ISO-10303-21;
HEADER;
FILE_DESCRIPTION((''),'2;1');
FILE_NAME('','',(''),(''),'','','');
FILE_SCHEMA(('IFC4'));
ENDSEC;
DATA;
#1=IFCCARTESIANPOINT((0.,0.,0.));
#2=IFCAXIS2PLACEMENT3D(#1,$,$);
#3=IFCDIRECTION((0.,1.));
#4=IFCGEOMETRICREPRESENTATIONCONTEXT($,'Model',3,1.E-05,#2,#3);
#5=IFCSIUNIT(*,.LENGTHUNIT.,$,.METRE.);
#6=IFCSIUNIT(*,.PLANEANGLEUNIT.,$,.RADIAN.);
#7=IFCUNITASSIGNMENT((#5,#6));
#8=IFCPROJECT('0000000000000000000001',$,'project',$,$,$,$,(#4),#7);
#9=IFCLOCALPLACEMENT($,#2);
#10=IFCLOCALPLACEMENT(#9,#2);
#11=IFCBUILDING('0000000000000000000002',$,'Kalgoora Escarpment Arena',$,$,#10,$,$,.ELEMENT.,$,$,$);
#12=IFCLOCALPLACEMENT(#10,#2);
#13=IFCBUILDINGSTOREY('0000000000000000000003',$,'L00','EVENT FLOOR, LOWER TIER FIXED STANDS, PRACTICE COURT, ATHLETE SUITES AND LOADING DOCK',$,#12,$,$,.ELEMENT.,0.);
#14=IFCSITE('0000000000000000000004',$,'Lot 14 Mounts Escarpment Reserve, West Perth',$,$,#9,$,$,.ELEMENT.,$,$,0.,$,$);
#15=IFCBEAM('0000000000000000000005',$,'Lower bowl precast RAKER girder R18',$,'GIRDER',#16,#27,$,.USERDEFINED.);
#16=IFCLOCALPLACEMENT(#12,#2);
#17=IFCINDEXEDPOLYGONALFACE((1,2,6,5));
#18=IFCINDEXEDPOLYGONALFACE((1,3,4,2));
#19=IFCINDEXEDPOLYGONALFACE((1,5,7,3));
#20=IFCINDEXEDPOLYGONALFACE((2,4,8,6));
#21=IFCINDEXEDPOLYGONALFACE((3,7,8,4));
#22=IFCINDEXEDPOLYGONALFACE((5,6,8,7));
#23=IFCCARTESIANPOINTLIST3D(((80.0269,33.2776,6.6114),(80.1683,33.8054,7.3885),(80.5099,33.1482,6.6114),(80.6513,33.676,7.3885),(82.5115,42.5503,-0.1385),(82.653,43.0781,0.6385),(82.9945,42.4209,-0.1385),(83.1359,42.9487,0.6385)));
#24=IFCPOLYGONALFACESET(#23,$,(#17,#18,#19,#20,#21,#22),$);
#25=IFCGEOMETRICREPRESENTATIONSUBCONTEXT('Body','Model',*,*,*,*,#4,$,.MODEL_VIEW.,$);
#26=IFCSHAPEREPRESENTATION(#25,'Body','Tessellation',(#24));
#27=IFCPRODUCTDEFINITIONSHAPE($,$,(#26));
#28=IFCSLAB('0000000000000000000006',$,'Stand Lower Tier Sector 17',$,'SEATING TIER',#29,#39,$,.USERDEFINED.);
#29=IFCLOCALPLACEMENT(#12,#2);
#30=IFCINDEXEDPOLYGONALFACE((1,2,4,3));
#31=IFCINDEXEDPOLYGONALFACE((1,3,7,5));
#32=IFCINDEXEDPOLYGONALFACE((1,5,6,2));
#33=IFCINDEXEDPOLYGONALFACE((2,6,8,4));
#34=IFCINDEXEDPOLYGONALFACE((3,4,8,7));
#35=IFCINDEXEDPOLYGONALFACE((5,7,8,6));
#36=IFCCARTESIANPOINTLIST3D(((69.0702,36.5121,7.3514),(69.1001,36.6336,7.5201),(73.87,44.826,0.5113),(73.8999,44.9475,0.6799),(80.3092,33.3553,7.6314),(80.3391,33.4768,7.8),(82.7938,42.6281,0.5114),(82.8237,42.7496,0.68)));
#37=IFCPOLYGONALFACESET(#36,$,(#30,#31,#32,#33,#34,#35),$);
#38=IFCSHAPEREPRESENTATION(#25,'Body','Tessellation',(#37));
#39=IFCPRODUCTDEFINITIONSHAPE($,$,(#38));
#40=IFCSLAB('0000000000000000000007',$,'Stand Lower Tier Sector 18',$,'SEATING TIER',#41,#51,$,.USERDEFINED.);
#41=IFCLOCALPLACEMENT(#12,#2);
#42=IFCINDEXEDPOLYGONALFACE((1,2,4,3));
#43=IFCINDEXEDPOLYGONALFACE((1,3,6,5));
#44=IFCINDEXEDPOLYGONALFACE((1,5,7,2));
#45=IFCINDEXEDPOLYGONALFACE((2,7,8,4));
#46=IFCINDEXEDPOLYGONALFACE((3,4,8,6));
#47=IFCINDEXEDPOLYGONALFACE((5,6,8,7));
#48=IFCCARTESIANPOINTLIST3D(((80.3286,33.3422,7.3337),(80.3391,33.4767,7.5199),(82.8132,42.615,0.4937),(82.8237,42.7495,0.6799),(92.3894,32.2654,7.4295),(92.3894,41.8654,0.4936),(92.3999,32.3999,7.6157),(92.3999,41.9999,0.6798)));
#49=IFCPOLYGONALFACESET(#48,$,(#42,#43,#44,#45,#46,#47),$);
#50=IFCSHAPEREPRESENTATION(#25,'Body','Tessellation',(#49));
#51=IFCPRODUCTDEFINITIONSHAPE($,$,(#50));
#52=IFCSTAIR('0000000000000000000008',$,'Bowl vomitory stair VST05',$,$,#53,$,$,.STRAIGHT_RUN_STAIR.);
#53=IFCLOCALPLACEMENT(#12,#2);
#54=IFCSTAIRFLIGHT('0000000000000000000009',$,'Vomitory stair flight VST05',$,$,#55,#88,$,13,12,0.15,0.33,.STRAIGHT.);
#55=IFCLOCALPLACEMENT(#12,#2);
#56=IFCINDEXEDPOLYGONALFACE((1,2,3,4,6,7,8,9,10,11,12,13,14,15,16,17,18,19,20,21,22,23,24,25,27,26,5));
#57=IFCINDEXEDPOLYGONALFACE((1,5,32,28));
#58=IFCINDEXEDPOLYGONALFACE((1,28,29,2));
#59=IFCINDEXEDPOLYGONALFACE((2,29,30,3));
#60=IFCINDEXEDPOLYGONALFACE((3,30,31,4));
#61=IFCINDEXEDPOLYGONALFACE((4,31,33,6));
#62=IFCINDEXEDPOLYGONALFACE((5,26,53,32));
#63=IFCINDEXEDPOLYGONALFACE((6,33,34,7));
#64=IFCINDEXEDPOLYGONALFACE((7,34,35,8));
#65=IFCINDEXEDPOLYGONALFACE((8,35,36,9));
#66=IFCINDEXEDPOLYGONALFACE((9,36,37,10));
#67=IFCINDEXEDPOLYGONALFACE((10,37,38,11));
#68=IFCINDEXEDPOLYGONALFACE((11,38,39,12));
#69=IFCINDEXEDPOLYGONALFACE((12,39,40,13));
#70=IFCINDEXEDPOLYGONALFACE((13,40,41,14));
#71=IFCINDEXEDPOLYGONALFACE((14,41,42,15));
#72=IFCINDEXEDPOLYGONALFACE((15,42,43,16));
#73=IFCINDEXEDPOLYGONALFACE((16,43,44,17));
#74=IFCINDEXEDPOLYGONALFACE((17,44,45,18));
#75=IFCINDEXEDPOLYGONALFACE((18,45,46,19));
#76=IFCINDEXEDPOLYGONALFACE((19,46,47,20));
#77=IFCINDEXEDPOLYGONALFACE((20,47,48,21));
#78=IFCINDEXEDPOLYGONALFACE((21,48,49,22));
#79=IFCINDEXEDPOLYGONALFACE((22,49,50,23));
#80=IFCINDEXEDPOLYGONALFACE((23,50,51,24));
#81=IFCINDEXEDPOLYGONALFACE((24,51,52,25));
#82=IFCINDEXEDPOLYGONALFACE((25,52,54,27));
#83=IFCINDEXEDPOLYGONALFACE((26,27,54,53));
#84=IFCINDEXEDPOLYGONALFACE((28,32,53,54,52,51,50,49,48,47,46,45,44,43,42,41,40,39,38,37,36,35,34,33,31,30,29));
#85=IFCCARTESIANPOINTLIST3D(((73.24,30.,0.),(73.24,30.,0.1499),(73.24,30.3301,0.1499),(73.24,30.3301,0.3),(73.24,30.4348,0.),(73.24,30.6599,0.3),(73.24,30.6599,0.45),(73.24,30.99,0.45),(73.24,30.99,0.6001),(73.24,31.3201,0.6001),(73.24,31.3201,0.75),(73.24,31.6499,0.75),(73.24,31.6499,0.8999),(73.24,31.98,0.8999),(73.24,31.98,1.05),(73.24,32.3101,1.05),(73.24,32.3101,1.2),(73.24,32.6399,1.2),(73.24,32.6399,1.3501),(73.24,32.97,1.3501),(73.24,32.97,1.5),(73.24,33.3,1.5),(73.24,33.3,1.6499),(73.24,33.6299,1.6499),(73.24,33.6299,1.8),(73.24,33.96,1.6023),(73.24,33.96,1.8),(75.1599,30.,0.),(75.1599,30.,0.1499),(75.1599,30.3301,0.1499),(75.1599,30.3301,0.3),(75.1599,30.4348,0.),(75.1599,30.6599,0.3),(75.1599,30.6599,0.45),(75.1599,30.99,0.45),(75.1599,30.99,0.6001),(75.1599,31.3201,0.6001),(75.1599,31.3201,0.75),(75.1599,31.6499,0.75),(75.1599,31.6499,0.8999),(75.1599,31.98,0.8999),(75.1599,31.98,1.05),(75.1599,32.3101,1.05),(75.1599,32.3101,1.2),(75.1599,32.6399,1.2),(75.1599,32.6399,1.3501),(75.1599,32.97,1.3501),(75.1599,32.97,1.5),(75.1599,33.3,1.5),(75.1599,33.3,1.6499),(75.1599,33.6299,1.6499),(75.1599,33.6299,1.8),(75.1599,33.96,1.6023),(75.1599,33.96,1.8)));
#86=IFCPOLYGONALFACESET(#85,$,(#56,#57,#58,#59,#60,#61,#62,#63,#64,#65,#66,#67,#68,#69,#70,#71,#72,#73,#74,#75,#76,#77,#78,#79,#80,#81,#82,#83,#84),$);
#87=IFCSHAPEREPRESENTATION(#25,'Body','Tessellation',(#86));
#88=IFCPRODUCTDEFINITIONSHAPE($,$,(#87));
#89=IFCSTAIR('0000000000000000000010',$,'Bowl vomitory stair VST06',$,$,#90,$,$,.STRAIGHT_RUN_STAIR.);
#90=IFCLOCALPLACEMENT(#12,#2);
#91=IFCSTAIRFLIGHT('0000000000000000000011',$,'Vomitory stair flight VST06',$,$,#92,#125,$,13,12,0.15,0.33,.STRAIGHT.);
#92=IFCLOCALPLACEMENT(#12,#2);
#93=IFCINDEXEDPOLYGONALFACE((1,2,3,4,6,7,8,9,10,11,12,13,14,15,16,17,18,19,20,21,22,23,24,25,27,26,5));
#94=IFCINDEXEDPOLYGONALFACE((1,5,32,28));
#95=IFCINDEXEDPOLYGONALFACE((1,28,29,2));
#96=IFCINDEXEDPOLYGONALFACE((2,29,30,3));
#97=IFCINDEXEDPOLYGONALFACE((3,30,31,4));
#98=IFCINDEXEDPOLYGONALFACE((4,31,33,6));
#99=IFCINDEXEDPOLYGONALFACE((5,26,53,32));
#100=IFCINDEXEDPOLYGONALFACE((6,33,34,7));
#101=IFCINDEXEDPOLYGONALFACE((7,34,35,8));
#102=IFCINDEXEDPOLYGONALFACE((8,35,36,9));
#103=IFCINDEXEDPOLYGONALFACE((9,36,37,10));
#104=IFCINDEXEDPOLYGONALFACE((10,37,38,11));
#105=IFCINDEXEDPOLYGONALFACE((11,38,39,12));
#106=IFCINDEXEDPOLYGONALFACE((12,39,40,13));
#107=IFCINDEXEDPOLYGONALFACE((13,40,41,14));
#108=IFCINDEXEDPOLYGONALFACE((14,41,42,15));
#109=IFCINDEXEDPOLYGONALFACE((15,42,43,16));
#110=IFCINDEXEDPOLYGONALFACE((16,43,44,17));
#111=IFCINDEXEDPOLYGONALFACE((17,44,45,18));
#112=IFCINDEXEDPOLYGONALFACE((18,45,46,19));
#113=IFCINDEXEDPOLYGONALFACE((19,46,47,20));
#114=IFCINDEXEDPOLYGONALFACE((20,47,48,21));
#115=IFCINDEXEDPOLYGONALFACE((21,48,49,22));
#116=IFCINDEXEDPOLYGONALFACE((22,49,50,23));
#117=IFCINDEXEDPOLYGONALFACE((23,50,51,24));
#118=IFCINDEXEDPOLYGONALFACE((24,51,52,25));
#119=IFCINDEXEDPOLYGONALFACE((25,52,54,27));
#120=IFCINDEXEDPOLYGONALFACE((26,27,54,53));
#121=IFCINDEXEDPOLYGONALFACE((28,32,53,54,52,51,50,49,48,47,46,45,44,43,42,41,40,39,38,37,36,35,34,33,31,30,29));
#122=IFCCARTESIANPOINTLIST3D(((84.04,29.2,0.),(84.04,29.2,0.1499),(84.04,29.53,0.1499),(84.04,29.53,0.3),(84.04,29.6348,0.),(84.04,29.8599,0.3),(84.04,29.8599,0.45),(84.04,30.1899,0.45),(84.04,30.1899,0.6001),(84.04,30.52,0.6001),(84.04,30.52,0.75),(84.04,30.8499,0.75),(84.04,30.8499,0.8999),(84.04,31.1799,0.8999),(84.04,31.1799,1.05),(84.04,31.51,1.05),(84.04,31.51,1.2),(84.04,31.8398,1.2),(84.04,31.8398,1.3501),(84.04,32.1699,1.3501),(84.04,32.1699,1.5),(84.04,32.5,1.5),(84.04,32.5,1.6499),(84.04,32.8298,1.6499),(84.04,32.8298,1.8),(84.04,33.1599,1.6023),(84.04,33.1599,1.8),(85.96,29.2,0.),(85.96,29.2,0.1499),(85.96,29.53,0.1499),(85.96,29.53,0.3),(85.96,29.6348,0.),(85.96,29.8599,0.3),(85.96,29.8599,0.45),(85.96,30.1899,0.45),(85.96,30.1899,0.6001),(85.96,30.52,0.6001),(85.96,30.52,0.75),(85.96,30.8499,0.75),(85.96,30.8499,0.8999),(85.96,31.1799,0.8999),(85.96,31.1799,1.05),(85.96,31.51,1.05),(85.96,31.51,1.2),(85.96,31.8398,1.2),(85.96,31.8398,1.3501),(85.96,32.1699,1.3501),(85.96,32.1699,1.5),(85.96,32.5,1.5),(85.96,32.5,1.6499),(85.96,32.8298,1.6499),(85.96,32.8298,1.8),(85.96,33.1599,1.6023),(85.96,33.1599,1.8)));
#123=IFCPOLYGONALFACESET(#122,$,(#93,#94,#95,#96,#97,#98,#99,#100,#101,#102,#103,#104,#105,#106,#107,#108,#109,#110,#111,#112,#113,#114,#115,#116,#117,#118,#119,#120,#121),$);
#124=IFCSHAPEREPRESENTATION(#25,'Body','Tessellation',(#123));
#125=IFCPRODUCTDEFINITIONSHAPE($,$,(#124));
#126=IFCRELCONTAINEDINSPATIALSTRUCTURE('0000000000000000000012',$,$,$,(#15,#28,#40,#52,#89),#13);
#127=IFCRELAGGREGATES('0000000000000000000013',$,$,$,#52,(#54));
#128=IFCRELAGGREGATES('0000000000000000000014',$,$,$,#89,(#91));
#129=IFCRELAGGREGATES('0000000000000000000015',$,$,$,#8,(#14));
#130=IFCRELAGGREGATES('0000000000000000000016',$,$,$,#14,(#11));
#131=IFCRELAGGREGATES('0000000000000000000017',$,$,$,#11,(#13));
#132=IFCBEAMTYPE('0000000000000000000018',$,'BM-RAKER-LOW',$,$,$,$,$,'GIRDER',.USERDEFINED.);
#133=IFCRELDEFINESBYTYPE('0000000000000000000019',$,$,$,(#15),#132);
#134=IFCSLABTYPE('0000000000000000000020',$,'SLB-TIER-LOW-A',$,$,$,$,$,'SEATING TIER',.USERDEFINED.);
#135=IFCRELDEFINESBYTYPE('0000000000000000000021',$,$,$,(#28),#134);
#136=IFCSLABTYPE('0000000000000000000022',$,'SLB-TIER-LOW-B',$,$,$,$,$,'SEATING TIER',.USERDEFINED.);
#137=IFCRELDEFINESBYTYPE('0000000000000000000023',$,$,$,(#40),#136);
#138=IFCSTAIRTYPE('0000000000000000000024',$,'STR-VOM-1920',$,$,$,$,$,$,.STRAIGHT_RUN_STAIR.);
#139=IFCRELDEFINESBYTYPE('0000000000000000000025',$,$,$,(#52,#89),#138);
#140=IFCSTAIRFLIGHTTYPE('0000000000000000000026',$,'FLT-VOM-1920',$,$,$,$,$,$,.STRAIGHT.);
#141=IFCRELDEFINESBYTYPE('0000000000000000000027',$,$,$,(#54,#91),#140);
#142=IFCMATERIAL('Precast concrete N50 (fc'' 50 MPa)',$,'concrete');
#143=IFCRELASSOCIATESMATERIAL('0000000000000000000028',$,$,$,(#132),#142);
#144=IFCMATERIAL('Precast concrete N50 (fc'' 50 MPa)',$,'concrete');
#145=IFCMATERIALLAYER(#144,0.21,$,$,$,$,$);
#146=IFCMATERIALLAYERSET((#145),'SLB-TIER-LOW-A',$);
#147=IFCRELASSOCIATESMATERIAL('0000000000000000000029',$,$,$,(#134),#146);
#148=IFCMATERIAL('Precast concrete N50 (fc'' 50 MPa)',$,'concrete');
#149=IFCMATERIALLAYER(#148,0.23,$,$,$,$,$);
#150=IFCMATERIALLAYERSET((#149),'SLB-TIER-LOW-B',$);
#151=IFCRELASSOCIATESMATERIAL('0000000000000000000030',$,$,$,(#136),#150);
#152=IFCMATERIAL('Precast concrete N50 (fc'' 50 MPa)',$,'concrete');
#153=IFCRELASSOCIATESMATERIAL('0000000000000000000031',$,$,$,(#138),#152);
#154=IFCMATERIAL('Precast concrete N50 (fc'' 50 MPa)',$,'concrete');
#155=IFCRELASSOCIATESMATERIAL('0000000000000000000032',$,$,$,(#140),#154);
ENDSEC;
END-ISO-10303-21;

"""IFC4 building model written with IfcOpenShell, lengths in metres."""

from ifc_helpers import new_model, si_unit, direction, frame, origin, origin_2d, place, context, subcontext, project, spatial, polyline, rectangle, outline, extrude, material, layer, layer_set, material_profile, profile_set, type_object, element, aggregate, save


model = new_model("IFC4")

# Units and contexts
model_context = context("Model", 3, precision=1e-05, world=origin(), true_north=direction((0.0, 1.0)))
body_context = subcontext(model_context, "Body", "Model", "MODEL_VIEW")
ifc_project = project(units=[si_unit("LENGTHUNIT", "METRE"), si_unit("PLANEANGLEUNIT", "RADIAN")], contexts=[model_context])

# Site, building, storey
site_placement = place(None, origin())
site = spatial("IfcSite", under=ifc_project, at=site_placement, Name="Lot 14 Mounts Escarpment Reserve, West Perth", CompositionType="ELEMENT", RefElevation=0.0)
building_placement = place(site_placement, origin())
building = spatial("IfcBuilding", under=site, at=building_placement, Name="Kalgoora Escarpment Arena", CompositionType="ELEMENT")
storey_placement = place(building_placement, origin())
storey = spatial("IfcBuildingStorey", under=building, at=storey_placement, Name="L00", Description="EVENT FLOOR, LOWER TIER FIXED STANDS, PRACTICE COURT, ATHLETE SUITES AND LOADING DOCK", CompositionType="ELEMENT", Elevation=0.0)

# Beam
ifc_material_1 = material(Name="Precast concrete N50 (fc' 50 MPa)", Category="concrete")
ifc_material_profile_1 = material_profile(ifc_material_1, rectangle(XDim=0.5, YDim=0.95, at=origin_2d()))
ifc_profile_set_1 = profile_set([ifc_material_profile_1], Name="Precast concrete N50 (fc' 50 MPa)")
beam_type_1 = type_object("IfcBeamType", Name="BM-RAKER-LOW", ElementType="GIRDER", PredefinedType="USERDEFINED", material=ifc_profile_set_1)
beam_1_placement = place(storey_placement, frame((82.8237, 42.7495, 0.25), z_axis=(-0.211721, -0.79015, 0.575184), x_axis=(0.965926, -0.25882, 0.0)))
element("IfcBeam", 1, at=beam_1_placement, inside=storey, type_object=beam_type_1, Name="Lower bowl precast RAKER girder R18", ObjectType="GIRDER", PredefinedType="USERDEFINED", context=body_context, shape_type="SweptSolid", body=[
    extrude(rectangle(XDim=0.5, YDim=0.95, at=origin_2d()), origin(), (0.0, 0.0, 1.0), 11.7354),
])

# Slabs
ifc_material_2 = material(Name="Precast concrete N50 (fc' 50 MPa)", Category="concrete")
ifc_layer_1 = layer(ifc_material_2, 0.21)
ifc_layer_set_1 = layer_set([ifc_layer_1], Name="SLB-TIER-LOW-A")
slab_type_1 = type_object("IfcSlabType", Name="SLB-TIER-LOW-A", ElementType="SEATING TIER", PredefinedType="USERDEFINED", material=ifc_layer_set_1)
slab_1_placement = place(storey_placement, frame((73.8999, 44.9475, 0.6799), z_axis=(0.142483, 0.578508, 0.803136), x_axis=(0.970981, -0.239155, 0.000006)))
element("IfcSlab", 2, at=slab_1_placement, inside=storey, type_object=slab_type_1, Name="Stand Lower Tier Sector 17", ObjectType="SEATING TIER", PredefinedType="USERDEFINED", context=body_context, shape_type="SweptSolid", body=[
    extrude(outline(polyline([(0.0, 0.0), (9.1905, 0.0), (8.9957, -11.9505), (-2.6722, -11.4807), (0.0, 0.0)])), origin(), (0.0, 0.0, -1.0), 0.21),
])
ifc_material_3 = material(Name="Precast concrete N50 (fc' 50 MPa)", Category="concrete")
ifc_layer_2 = layer(ifc_material_3, 0.23)
ifc_layer_set_2 = layer_set([ifc_layer_2], Name="SLB-TIER-LOW-B")
slab_type_2 = type_object("IfcSlabType", Name="SLB-TIER-LOW-B", ElementType="SEATING TIER", PredefinedType="USERDEFINED", material=ifc_layer_set_2)
slab_2_placement = place(storey_placement, frame((82.8237, 42.7495, 0.6799), z_axis=(0.045801, 0.585017, 0.809727), x_axis=(0.99695, -0.078037, -0.00001)))
element("IfcSlab", 3, at=slab_2_placement, inside=storey, type_object=slab_type_2, Name="Stand Lower Tier Sector 18", ObjectType="SEATING TIER", PredefinedType="USERDEFINED", context=body_context, shape_type="SweptSolid", body=[
    extrude(outline(polyline([(0.0, 0.0), (9.6055, 0.0), (10.3546, -11.8197), (-1.7535, -11.6563), (0.0, 0.0)])), origin(), (0.0, 0.0, -1.0), 0.23),
])

# Stairs, stair flights
ifc_material_4 = material(Name="Precast concrete N50 (fc' 50 MPa)", Category="concrete")
stair_type = type_object("IfcStairType", Name="STR-VOM-1920", PredefinedType="STRAIGHT_RUN_STAIR", material=ifc_material_4)
stair_1_placement = place(storey_placement, origin())
stair_1 = element("IfcStair", 4, at=stair_1_placement, inside=storey, type_object=stair_type, Name="Bowl vomitory stair VST05", PredefinedType="STRAIGHT_RUN_STAIR")
ifc_material_5 = material(Name="Precast concrete N50 (fc' 50 MPa)", Category="concrete")
stair_flight_type = type_object("IfcStairFlightType", Name="FLT-VOM-1920", PredefinedType="STRAIGHT", material=ifc_material_5)
stair_flight_1_placement = place(storey_placement, frame((74.2, 30.0, 0.0), z_axis=(0.0, 0.0, 1.0), x_axis=(0.0, 1.0, 0.0)))
stair_flight_1 = element("IfcStairFlight", 5, at=stair_flight_1_placement, type_object=stair_flight_type, Name="Vomitory stair flight VST05", NumberOfRisers=13, NumberOfTreads=12, PredefinedType="STRAIGHT", RiserHeight=0.15, TreadLength=0.33, context=body_context, shape_type="SweptSolid", body=[
    extrude(outline(polyline([(0.0, 0.0), (0.0, 0.1499), (0.3301, 0.1499), (0.3301, 0.3), (0.6599, 0.3), (0.6599, 0.45), (0.99, 0.45), (0.99, 0.6001), (1.3201, 0.6001), (1.3201, 0.75), (1.6499, 0.75), (1.6499, 0.8999), (1.98, 0.8999), (1.98, 1.05), (2.3101, 1.05), (2.3101, 1.2), (2.6399, 1.2), (2.6399, 1.3501), (2.97, 1.3501), (2.97, 1.5), (3.3, 1.5), (3.3, 1.6499), (3.6299, 1.6499), (3.6299, 1.8), (3.96, 1.8), (3.96, 1.95), (3.96, 1.6023), (0.4348, 0.0), (0.0, 0.0)])), frame((0.0, 0.96, 0.0), z_axis=(0.0, -1.0, 0.0), x_axis=(1.0, 0.0, 0.0)), (0.0, 0.0, 1.0), 1.9199),
])
aggregate(stair_1, [stair_flight_1])
stair_2_placement = place(storey_placement, origin())
stair_2 = element("IfcStair", 6, at=stair_2_placement, inside=storey, type_object=stair_type, Name="Bowl vomitory stair VST06", PredefinedType="STRAIGHT_RUN_STAIR")
stair_flight_2_placement = place(storey_placement, frame((85.0, 29.2, 0.0), z_axis=(0.0, 0.0, 1.0), x_axis=(0.0, 1.0, 0.0)))
stair_flight_2 = element("IfcStairFlight", 7, at=stair_flight_2_placement, type_object=stair_flight_type, Name="Vomitory stair flight VST06", NumberOfRisers=13, NumberOfTreads=12, PredefinedType="STRAIGHT", RiserHeight=0.15, TreadLength=0.33, context=body_context, shape_type="SweptSolid", body=[
    extrude(outline(polyline([(0.0, 0.0), (0.0, 0.1499), (0.3301, 0.1499), (0.3301, 0.3), (0.6599, 0.3), (0.6599, 0.45), (0.99, 0.45), (0.99, 0.6001), (1.3201, 0.6001), (1.3201, 0.75), (1.6499, 0.75), (1.6499, 0.8999), (1.98, 0.8999), (1.98, 1.05), (2.3101, 1.05), (2.3101, 1.2), (2.6399, 1.2), (2.6399, 1.3501), (2.97, 1.3501), (2.97, 1.5), (3.3, 1.5), (3.3, 1.6499), (3.6299, 1.6499), (3.6299, 1.8), (3.96, 1.8), (3.96, 1.95), (3.96, 1.6023), (0.4348, 0.0), (0.0, 0.0)])), frame((0.0, 0.96, 0.0), z_axis=(0.0, -1.0, 0.0), x_axis=(1.0, 0.0, 0.0)), (0.0, 0.0, 1.0), 1.9199),
])
aggregate(stair_2, [stair_flight_2])

save(model, "model.ifc")
